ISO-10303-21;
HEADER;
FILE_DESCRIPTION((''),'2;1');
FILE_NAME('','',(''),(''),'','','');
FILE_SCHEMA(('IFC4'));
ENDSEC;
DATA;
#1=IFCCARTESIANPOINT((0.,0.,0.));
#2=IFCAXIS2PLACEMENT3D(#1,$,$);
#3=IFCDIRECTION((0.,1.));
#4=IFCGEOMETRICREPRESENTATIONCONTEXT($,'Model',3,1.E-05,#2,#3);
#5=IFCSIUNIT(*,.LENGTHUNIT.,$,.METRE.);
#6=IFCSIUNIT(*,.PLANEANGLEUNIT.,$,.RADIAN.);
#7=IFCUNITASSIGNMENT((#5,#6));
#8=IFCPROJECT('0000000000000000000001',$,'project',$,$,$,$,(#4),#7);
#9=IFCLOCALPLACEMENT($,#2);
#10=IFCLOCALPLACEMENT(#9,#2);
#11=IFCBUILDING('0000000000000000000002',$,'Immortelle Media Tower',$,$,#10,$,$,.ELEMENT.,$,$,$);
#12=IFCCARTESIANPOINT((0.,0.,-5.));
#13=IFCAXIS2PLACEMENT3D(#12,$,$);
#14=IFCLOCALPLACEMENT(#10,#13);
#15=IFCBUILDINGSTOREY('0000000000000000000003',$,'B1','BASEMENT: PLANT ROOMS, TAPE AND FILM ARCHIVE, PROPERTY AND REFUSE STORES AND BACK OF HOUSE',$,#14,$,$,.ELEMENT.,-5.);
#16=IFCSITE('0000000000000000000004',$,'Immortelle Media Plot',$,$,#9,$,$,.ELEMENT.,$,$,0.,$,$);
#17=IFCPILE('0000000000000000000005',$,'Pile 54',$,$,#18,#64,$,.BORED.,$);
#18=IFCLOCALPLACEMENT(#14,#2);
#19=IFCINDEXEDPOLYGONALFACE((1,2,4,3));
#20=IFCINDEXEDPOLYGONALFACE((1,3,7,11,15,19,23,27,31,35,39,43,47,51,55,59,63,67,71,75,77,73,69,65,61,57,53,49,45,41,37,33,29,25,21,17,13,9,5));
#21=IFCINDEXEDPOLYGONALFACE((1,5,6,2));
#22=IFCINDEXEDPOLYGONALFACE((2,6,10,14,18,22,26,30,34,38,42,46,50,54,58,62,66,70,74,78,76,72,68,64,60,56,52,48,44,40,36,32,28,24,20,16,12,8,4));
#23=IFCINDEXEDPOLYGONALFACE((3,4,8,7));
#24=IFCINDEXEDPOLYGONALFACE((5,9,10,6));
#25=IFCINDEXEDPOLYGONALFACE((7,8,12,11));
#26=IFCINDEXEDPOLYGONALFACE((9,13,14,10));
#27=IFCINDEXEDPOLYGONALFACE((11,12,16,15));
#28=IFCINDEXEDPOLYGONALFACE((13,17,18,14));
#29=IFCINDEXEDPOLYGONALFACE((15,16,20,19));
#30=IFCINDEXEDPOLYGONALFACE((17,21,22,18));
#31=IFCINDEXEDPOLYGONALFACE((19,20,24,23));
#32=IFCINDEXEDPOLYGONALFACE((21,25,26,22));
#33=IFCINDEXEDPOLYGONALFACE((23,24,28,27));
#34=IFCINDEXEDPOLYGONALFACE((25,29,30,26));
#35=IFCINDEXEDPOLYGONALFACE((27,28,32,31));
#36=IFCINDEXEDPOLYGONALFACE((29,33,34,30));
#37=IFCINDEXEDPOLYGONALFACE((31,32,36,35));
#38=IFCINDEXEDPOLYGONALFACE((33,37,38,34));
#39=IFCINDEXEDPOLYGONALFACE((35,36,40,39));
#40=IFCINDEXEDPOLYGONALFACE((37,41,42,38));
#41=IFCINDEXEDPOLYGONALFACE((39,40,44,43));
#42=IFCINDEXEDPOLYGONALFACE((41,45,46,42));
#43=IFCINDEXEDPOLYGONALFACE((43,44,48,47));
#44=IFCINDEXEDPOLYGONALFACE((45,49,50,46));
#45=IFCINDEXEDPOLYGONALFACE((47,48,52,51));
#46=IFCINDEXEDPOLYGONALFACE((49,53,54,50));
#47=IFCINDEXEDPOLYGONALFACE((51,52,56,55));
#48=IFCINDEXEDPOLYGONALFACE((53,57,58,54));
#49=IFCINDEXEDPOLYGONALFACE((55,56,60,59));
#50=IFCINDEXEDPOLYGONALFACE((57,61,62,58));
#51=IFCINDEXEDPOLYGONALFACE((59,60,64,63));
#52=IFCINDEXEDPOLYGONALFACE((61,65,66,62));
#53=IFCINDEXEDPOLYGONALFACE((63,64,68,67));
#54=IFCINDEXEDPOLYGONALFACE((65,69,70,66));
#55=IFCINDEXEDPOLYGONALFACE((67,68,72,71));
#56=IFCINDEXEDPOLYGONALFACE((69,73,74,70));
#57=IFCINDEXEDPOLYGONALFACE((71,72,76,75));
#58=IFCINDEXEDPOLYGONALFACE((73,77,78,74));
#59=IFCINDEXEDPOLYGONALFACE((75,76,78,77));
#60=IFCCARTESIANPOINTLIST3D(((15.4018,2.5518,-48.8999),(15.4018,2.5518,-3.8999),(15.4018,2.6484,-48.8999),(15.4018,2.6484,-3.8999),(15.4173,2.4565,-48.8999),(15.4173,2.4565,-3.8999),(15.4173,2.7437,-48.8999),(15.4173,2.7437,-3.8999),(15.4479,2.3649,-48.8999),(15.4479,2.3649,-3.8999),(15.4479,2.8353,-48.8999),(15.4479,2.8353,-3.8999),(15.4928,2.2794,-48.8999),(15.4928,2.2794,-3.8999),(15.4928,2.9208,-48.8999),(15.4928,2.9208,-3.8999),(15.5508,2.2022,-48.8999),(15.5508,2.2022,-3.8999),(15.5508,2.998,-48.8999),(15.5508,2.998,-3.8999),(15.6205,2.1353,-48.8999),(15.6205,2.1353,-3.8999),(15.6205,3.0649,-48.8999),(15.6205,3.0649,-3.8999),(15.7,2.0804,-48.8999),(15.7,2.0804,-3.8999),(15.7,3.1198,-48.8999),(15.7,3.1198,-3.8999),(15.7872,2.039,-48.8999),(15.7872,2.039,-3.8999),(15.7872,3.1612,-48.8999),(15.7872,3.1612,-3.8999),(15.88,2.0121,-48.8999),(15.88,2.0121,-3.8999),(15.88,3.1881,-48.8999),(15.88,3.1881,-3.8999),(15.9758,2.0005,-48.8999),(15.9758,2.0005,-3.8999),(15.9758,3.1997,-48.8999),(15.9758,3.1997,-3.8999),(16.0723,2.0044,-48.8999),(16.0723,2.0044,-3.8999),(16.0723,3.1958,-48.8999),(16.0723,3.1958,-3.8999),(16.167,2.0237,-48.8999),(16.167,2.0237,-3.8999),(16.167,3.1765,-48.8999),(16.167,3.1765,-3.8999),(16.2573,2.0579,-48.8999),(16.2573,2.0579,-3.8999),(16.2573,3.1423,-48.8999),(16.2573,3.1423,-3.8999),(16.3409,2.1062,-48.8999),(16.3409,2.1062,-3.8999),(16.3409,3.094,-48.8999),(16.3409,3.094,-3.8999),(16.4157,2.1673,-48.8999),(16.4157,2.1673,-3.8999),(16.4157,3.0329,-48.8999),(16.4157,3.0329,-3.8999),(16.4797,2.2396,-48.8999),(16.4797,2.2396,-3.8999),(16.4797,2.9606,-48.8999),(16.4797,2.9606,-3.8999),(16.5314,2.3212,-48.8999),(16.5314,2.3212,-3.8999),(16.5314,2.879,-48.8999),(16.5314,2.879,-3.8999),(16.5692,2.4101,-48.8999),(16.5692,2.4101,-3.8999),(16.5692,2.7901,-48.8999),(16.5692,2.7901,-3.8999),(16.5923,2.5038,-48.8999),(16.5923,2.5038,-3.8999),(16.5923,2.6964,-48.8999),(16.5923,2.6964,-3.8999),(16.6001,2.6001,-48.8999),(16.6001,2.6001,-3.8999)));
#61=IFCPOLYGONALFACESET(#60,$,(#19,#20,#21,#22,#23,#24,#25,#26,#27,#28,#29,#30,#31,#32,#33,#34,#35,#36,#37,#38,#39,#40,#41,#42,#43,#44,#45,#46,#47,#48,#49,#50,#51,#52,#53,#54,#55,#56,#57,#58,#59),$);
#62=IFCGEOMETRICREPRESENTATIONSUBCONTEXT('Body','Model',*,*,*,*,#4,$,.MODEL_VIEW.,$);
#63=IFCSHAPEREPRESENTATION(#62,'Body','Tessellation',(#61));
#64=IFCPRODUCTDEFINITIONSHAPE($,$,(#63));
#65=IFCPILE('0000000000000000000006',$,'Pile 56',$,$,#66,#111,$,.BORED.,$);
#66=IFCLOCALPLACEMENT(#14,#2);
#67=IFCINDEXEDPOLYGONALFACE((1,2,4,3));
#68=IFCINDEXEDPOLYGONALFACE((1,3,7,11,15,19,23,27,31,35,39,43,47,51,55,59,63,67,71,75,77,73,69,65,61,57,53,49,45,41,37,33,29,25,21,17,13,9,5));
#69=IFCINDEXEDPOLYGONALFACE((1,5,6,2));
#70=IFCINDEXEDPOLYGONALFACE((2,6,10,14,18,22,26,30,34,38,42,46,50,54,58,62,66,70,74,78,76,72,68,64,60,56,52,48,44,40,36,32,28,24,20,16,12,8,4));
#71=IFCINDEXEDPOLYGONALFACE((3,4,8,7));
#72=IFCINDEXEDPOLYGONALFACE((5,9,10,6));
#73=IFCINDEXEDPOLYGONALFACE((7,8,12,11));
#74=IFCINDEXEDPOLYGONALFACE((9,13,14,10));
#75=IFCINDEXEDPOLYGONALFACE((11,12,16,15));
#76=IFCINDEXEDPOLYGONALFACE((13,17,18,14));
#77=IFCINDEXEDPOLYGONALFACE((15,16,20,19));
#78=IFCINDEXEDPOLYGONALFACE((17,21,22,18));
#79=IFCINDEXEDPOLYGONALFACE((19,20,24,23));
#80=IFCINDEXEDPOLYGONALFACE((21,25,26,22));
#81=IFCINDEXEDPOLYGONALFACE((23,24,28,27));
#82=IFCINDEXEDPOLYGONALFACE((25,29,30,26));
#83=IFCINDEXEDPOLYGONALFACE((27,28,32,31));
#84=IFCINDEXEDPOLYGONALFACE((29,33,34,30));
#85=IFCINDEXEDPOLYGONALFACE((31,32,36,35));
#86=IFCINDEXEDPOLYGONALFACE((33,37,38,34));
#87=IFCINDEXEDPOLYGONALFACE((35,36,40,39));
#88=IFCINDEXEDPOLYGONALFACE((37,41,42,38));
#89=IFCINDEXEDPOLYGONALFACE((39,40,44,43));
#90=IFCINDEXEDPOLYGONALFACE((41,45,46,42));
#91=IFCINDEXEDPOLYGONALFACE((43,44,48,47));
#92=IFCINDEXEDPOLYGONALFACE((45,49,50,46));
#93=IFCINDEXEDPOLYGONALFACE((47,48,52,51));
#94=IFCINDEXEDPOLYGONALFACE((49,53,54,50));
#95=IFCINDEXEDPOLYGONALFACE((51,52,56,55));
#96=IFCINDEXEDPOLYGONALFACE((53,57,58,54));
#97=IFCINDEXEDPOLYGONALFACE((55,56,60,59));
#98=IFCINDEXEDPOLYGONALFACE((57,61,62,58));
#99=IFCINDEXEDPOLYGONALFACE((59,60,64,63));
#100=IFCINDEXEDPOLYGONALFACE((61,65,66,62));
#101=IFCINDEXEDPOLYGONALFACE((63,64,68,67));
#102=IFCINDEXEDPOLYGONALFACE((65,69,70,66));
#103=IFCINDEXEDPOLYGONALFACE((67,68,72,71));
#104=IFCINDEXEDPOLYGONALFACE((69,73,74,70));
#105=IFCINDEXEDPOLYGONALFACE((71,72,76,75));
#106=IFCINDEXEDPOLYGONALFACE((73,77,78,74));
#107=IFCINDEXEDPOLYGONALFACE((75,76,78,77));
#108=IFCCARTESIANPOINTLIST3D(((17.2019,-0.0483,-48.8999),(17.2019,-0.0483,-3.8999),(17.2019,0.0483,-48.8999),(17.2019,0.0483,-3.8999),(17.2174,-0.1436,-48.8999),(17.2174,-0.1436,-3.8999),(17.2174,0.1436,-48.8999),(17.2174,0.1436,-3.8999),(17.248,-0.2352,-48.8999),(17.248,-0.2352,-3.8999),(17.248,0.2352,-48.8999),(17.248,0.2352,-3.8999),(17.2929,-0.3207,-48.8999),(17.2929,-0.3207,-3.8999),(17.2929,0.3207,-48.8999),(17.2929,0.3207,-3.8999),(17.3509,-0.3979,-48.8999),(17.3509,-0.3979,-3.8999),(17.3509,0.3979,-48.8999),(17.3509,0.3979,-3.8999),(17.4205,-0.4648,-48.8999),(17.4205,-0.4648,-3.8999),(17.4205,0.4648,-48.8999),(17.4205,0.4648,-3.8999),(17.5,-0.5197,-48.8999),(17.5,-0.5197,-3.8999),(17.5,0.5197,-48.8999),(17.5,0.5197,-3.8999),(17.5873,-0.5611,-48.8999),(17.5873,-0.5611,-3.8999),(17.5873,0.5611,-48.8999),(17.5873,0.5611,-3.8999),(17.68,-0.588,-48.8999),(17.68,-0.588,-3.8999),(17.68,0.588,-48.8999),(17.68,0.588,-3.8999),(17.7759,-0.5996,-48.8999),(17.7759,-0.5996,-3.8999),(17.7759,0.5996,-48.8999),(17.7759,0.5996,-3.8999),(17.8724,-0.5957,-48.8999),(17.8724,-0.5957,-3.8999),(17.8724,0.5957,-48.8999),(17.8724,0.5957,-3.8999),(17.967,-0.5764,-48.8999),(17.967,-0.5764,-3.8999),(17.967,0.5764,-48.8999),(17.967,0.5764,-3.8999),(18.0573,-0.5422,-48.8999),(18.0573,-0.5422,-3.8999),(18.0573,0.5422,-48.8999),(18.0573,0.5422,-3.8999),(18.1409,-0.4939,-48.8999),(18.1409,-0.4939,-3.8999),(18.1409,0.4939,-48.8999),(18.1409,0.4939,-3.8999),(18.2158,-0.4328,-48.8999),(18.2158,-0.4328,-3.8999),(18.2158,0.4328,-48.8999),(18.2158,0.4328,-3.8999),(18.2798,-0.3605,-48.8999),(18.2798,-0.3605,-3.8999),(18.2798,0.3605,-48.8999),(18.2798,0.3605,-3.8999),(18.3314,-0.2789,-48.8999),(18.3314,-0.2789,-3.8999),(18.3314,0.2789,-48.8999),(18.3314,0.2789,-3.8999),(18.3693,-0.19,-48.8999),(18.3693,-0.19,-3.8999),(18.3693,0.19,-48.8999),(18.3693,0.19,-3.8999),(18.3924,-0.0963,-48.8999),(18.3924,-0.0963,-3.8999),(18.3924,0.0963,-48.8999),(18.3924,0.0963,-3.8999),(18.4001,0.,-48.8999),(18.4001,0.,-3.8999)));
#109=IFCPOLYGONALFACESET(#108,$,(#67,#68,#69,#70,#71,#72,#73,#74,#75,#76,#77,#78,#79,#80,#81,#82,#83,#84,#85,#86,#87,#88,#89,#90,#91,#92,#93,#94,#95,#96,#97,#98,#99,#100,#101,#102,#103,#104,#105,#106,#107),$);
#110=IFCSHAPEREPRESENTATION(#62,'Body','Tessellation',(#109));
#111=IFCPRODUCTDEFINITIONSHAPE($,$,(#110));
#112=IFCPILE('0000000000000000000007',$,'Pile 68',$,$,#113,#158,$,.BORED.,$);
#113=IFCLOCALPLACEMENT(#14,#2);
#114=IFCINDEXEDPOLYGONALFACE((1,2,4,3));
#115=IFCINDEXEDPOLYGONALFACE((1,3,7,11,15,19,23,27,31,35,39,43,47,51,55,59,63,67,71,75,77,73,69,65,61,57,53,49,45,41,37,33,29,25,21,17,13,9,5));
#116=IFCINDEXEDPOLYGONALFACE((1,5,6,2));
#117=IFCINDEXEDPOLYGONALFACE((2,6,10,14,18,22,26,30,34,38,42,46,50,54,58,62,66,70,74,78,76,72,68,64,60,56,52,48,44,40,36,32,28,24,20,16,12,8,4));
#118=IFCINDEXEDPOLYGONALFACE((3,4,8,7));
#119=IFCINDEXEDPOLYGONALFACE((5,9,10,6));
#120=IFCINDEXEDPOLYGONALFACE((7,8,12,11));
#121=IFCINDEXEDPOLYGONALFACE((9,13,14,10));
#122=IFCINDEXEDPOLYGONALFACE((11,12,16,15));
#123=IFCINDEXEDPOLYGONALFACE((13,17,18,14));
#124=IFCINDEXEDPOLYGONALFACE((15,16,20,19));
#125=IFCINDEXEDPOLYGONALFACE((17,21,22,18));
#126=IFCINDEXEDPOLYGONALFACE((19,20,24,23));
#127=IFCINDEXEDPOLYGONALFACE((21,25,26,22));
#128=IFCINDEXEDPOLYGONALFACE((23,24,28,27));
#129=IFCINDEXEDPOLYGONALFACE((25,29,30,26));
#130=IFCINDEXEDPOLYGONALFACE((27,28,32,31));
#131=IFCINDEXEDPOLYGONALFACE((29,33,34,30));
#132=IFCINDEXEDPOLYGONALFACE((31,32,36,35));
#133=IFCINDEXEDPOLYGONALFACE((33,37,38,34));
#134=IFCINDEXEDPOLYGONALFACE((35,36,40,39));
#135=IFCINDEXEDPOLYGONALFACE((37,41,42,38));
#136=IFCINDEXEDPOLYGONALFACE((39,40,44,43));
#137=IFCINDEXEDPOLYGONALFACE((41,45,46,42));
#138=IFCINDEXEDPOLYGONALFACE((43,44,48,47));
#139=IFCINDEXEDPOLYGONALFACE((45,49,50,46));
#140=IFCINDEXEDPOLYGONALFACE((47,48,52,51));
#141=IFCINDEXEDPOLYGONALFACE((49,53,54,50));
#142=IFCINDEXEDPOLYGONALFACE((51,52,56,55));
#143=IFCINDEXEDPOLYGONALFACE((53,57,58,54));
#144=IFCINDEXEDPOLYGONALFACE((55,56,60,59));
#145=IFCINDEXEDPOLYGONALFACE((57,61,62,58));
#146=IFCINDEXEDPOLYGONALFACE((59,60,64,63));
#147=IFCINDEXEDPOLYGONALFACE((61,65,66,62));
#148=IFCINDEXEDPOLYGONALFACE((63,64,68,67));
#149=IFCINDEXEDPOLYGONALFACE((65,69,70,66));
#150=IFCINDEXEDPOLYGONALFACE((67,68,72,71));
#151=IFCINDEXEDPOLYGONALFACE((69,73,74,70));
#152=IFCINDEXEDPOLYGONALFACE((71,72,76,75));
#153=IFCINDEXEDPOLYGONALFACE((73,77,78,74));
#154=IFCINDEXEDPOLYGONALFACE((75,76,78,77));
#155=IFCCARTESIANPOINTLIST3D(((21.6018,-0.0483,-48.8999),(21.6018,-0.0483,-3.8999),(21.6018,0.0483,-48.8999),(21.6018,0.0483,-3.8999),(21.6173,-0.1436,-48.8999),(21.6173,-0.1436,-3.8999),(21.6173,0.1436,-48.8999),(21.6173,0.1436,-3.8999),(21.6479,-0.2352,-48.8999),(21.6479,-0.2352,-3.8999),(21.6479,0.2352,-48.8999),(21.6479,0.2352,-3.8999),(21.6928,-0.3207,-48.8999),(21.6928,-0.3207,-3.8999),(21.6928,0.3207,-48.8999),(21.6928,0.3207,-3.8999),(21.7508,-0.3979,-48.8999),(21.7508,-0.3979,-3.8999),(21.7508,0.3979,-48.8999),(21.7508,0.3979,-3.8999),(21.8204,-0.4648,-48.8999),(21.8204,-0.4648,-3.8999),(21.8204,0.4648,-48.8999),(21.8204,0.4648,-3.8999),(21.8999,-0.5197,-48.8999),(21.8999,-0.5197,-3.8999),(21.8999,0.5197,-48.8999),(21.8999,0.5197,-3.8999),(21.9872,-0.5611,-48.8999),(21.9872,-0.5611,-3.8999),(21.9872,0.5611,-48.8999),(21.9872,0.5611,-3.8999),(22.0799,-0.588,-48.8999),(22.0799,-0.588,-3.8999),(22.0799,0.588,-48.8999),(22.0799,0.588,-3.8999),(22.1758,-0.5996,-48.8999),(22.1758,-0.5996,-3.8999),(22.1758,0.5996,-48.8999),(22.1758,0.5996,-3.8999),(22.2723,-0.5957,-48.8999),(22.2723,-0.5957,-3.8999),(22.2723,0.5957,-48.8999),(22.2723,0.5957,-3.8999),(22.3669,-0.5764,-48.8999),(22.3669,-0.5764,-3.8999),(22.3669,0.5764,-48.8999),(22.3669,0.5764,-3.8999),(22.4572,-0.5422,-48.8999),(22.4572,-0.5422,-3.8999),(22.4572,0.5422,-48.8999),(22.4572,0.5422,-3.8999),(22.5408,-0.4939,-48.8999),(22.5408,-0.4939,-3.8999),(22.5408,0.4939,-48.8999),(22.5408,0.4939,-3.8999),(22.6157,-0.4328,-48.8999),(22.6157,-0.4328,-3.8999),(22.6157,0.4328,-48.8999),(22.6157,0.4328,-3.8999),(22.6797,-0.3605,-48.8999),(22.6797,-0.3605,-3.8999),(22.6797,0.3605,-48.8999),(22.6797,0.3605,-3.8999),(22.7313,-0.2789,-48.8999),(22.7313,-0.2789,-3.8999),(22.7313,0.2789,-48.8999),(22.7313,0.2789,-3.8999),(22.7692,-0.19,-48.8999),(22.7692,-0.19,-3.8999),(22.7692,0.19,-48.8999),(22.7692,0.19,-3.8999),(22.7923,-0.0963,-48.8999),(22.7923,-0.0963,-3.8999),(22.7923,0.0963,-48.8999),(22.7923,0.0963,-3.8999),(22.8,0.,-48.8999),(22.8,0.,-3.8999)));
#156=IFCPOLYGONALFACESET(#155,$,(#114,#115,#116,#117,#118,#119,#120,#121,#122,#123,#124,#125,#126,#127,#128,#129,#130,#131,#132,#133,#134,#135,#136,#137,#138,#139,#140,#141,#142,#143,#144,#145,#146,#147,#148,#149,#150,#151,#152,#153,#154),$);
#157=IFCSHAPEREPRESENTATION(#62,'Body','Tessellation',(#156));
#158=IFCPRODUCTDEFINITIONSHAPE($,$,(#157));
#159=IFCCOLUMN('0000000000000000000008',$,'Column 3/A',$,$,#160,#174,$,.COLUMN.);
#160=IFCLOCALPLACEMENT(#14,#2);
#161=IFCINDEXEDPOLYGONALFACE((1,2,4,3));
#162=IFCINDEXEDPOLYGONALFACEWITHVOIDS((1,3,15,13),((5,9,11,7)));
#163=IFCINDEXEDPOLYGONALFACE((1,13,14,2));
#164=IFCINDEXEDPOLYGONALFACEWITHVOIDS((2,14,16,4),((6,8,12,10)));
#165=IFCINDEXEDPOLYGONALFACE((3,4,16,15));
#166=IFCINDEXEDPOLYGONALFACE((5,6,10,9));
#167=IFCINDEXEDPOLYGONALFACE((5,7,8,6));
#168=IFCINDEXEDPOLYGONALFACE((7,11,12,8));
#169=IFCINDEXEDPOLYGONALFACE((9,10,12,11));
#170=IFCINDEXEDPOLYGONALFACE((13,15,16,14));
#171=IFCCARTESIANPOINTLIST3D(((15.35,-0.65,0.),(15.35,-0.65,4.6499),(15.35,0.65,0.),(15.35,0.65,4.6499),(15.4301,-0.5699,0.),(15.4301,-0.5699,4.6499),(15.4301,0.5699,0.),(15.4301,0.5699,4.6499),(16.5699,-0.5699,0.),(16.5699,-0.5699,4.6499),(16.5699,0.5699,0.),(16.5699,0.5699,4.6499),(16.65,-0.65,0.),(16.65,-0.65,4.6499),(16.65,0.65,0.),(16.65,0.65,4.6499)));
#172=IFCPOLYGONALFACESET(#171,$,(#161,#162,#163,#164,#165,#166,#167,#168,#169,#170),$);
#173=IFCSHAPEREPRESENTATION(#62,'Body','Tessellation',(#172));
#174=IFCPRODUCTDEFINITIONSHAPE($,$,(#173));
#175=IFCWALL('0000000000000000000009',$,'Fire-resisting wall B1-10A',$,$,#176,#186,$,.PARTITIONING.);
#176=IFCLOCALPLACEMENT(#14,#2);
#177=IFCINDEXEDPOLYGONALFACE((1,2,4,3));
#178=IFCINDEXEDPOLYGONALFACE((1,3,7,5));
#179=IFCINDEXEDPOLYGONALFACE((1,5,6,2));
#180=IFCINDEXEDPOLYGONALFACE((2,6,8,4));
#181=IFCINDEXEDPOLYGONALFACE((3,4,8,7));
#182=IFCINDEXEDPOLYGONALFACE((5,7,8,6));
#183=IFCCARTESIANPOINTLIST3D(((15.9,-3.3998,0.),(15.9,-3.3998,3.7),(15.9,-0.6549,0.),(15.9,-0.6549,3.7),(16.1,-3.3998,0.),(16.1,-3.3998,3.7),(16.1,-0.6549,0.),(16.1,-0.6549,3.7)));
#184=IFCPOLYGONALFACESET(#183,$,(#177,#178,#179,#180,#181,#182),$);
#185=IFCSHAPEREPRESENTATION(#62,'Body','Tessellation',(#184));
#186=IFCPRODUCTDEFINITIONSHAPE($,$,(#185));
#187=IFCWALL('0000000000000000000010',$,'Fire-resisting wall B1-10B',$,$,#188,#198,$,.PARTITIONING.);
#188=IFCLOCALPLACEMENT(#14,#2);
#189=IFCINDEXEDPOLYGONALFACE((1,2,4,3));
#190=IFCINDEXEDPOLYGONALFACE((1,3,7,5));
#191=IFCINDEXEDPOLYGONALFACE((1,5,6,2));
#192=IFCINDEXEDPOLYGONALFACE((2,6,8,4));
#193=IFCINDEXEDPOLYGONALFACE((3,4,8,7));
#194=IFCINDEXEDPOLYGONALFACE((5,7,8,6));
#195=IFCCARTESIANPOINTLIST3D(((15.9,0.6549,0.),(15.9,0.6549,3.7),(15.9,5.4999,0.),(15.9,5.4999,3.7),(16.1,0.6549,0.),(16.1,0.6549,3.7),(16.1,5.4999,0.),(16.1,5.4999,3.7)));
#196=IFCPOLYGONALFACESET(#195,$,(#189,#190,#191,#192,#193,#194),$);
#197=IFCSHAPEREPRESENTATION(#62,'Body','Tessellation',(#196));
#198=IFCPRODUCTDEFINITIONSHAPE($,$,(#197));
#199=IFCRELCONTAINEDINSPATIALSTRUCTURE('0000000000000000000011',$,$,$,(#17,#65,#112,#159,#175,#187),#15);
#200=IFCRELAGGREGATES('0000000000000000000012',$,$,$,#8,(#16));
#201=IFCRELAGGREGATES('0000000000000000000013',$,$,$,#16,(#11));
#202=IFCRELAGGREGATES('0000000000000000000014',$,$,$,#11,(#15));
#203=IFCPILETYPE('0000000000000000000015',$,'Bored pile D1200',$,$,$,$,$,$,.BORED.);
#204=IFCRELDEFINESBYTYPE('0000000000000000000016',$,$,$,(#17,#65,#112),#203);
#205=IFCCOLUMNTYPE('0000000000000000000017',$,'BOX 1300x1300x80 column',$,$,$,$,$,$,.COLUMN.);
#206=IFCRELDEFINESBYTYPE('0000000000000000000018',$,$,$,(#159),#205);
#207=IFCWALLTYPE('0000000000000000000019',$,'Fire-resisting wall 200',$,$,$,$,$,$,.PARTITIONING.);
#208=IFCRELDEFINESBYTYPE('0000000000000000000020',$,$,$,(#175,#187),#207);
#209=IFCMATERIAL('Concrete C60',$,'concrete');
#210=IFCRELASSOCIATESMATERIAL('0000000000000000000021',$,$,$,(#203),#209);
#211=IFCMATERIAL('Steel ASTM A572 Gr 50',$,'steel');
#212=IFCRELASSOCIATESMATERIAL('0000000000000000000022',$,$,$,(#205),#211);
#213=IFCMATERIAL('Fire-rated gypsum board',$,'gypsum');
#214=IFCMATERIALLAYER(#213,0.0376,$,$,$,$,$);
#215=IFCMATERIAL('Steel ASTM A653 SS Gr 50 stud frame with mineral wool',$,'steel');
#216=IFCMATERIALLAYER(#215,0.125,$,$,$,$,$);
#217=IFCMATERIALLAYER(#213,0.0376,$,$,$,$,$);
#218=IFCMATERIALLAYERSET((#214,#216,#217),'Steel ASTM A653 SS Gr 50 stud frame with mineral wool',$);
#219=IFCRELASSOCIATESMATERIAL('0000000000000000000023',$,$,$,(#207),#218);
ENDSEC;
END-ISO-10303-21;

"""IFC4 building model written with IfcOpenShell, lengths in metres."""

from ifc_helpers import new_model, si_unit, direction, frame, frame_2d, origin, origin_2d, place, context, subcontext, project, spatial, rectangle, hollow_rectangle, circle, extrude, material, layer, layer_set, material_profile, profile_set, type_object, element, save


model = new_model("IFC4")

# Units and contexts
model_context = context("Model", 3, precision=1e-05, world=origin(), true_north=direction((0.0, 1.0)))
body_context = subcontext(model_context, "Body", "Model", "MODEL_VIEW")
ifc_project = project(units=[si_unit("LENGTHUNIT", "METRE"), si_unit("PLANEANGLEUNIT", "RADIAN")], contexts=[model_context])

# Site, building, storey
site_placement = place(None, origin())
site = spatial("IfcSite", under=ifc_project, at=site_placement, Name="Immortelle Media Plot", CompositionType="ELEMENT", RefElevation=0.0)
building_placement = place(site_placement, origin())
building = spatial("IfcBuilding", under=site, at=building_placement, Name="Immortelle Media Tower", CompositionType="ELEMENT")
storey_placement = place(building_placement, frame((0.0, 0.0, -5.0)))
storey = spatial("IfcBuildingStorey", under=building, at=storey_placement, Name="B1", Description="BASEMENT: PLANT ROOMS, TAPE AND FILM ARCHIVE, PROPERTY AND REFUSE STORES AND BACK OF HOUSE", CompositionType="ELEMENT", Elevation=-5.0)

# Piles
ifc_material_1 = material(Name="Concrete C60", Category="concrete")
ifc_material_profile_1 = material_profile(ifc_material_1, circle(Radius=0.6001, at=origin_2d()), Name="Bored pile D1200")
ifc_profile_set_1 = profile_set([ifc_material_profile_1], Name="Concrete C60")
pile_type = type_object("IfcPileType", Name="Bored pile D1200", PredefinedType="BORED", material=ifc_profile_set_1)
for number, where, z_axis, x_axis, name in (
    (1, (16.0, 2.6001, -3.8999), (0.0, 0.0, -1.0), (1.0, 0.0, 0.0), "Pile 54"),
    (2, (17.8, 0.0, -3.8999), (0.0, 0.0, -1.0), (1.0, 0.0, 0.0), "Pile 56"),
    (3, (22.2, 0.0, -3.8999), (0.0, 0.0, -1.0), (1.0, 0.0, 0.0), "Pile 68"),
):
    element("IfcPile", number, at=place(storey_placement, frame(where, z_axis=z_axis, x_axis=x_axis)), inside=storey, type_object=pile_type, Name=name, PredefinedType="BORED", context=body_context, shape_type="SweptSolid", body=[
        extrude(circle(Radius=0.6001, at=origin_2d()), origin(), (0.0, 0.0, 1.0), 45.0),
    ])

# Column
ifc_material_2 = material(Name="Steel ASTM A572 Gr 50", Category="steel")
ifc_material_profile_2 = material_profile(ifc_material_2, hollow_rectangle(XDim=1.3, YDim=1.3, WallThickness=0.0801, at=origin_2d()), Name="BOX 1300x1300x80 column")
ifc_profile_set_2 = profile_set([ifc_material_profile_2], Name="Steel ASTM A572 Gr 50")
column_type = type_object("IfcColumnType", Name="BOX 1300x1300x80 column", PredefinedType="COLUMN", material=ifc_profile_set_2)
column_placement = place(storey_placement, frame((16.0, 0.0, 0.0), z_axis=(0.0, 0.0, 1.0), x_axis=(1.0, 0.0, 0.0)))
element("IfcColumn", 4, at=column_placement, inside=storey, type_object=column_type, Name="Column 3/A", PredefinedType="COLUMN", context=body_context, shape_type="SweptSolid", body=[
    extrude(hollow_rectangle(XDim=1.3, YDim=1.3, WallThickness=0.0801, at=origin_2d()), origin(), (0.0, 0.0, 1.0), 4.6499),
])

# Walls
ifc_material_3 = material(Name="Fire-rated gypsum board", Category="gypsum")
ifc_layer_1 = layer(ifc_material_3, 0.0376)
ifc_material_4 = material(Name="Steel ASTM A653 SS Gr 50 stud frame with mineral wool", Category="steel")
ifc_layer_2 = layer(ifc_material_4, 0.125)
ifc_layer_3 = layer(ifc_material_3, 0.0376)
ifc_layer_set_1 = layer_set([ifc_layer_1, ifc_layer_2, ifc_layer_3], Name="Steel ASTM A653 SS Gr 50 stud frame with mineral wool")
wall_type = type_object("IfcWallType", Name="Fire-resisting wall 200", PredefinedType="PARTITIONING", material=ifc_layer_set_1)
wall_1_placement = place(storey_placement, frame((16.0, -3.3999, 0.0), z_axis=(0.0, 0.0, 1.0), x_axis=(0.0, 1.0, 0.0)))
element("IfcWall", 5, at=wall_1_placement, inside=storey, type_object=wall_type, Name="Fire-resisting wall B1-10A", PredefinedType="PARTITIONING", context=body_context, shape_type="SweptSolid", body=[
    extrude(rectangle(XDim=2.7449, YDim=0.2, at=frame_2d((1.3726, 0.0))), origin(), (0.0, 0.0, 1.0), 3.7),
])
wall_2_placement = place(storey_placement, frame((16.0, 0.655, 0.0), z_axis=(0.0, 0.0, 1.0), x_axis=(0.0, 1.0, 0.0)))
element("IfcWall", 6, at=wall_2_placement, inside=storey, type_object=wall_type, Name="Fire-resisting wall B1-10B", PredefinedType="PARTITIONING", context=body_context, shape_type="SweptSolid", body=[
    extrude(rectangle(XDim=4.845, YDim=0.2, at=frame_2d((2.4224, 0.0))), origin(), (0.0, 0.0, 1.0), 3.7),
])

save(model, "model.ifc")
